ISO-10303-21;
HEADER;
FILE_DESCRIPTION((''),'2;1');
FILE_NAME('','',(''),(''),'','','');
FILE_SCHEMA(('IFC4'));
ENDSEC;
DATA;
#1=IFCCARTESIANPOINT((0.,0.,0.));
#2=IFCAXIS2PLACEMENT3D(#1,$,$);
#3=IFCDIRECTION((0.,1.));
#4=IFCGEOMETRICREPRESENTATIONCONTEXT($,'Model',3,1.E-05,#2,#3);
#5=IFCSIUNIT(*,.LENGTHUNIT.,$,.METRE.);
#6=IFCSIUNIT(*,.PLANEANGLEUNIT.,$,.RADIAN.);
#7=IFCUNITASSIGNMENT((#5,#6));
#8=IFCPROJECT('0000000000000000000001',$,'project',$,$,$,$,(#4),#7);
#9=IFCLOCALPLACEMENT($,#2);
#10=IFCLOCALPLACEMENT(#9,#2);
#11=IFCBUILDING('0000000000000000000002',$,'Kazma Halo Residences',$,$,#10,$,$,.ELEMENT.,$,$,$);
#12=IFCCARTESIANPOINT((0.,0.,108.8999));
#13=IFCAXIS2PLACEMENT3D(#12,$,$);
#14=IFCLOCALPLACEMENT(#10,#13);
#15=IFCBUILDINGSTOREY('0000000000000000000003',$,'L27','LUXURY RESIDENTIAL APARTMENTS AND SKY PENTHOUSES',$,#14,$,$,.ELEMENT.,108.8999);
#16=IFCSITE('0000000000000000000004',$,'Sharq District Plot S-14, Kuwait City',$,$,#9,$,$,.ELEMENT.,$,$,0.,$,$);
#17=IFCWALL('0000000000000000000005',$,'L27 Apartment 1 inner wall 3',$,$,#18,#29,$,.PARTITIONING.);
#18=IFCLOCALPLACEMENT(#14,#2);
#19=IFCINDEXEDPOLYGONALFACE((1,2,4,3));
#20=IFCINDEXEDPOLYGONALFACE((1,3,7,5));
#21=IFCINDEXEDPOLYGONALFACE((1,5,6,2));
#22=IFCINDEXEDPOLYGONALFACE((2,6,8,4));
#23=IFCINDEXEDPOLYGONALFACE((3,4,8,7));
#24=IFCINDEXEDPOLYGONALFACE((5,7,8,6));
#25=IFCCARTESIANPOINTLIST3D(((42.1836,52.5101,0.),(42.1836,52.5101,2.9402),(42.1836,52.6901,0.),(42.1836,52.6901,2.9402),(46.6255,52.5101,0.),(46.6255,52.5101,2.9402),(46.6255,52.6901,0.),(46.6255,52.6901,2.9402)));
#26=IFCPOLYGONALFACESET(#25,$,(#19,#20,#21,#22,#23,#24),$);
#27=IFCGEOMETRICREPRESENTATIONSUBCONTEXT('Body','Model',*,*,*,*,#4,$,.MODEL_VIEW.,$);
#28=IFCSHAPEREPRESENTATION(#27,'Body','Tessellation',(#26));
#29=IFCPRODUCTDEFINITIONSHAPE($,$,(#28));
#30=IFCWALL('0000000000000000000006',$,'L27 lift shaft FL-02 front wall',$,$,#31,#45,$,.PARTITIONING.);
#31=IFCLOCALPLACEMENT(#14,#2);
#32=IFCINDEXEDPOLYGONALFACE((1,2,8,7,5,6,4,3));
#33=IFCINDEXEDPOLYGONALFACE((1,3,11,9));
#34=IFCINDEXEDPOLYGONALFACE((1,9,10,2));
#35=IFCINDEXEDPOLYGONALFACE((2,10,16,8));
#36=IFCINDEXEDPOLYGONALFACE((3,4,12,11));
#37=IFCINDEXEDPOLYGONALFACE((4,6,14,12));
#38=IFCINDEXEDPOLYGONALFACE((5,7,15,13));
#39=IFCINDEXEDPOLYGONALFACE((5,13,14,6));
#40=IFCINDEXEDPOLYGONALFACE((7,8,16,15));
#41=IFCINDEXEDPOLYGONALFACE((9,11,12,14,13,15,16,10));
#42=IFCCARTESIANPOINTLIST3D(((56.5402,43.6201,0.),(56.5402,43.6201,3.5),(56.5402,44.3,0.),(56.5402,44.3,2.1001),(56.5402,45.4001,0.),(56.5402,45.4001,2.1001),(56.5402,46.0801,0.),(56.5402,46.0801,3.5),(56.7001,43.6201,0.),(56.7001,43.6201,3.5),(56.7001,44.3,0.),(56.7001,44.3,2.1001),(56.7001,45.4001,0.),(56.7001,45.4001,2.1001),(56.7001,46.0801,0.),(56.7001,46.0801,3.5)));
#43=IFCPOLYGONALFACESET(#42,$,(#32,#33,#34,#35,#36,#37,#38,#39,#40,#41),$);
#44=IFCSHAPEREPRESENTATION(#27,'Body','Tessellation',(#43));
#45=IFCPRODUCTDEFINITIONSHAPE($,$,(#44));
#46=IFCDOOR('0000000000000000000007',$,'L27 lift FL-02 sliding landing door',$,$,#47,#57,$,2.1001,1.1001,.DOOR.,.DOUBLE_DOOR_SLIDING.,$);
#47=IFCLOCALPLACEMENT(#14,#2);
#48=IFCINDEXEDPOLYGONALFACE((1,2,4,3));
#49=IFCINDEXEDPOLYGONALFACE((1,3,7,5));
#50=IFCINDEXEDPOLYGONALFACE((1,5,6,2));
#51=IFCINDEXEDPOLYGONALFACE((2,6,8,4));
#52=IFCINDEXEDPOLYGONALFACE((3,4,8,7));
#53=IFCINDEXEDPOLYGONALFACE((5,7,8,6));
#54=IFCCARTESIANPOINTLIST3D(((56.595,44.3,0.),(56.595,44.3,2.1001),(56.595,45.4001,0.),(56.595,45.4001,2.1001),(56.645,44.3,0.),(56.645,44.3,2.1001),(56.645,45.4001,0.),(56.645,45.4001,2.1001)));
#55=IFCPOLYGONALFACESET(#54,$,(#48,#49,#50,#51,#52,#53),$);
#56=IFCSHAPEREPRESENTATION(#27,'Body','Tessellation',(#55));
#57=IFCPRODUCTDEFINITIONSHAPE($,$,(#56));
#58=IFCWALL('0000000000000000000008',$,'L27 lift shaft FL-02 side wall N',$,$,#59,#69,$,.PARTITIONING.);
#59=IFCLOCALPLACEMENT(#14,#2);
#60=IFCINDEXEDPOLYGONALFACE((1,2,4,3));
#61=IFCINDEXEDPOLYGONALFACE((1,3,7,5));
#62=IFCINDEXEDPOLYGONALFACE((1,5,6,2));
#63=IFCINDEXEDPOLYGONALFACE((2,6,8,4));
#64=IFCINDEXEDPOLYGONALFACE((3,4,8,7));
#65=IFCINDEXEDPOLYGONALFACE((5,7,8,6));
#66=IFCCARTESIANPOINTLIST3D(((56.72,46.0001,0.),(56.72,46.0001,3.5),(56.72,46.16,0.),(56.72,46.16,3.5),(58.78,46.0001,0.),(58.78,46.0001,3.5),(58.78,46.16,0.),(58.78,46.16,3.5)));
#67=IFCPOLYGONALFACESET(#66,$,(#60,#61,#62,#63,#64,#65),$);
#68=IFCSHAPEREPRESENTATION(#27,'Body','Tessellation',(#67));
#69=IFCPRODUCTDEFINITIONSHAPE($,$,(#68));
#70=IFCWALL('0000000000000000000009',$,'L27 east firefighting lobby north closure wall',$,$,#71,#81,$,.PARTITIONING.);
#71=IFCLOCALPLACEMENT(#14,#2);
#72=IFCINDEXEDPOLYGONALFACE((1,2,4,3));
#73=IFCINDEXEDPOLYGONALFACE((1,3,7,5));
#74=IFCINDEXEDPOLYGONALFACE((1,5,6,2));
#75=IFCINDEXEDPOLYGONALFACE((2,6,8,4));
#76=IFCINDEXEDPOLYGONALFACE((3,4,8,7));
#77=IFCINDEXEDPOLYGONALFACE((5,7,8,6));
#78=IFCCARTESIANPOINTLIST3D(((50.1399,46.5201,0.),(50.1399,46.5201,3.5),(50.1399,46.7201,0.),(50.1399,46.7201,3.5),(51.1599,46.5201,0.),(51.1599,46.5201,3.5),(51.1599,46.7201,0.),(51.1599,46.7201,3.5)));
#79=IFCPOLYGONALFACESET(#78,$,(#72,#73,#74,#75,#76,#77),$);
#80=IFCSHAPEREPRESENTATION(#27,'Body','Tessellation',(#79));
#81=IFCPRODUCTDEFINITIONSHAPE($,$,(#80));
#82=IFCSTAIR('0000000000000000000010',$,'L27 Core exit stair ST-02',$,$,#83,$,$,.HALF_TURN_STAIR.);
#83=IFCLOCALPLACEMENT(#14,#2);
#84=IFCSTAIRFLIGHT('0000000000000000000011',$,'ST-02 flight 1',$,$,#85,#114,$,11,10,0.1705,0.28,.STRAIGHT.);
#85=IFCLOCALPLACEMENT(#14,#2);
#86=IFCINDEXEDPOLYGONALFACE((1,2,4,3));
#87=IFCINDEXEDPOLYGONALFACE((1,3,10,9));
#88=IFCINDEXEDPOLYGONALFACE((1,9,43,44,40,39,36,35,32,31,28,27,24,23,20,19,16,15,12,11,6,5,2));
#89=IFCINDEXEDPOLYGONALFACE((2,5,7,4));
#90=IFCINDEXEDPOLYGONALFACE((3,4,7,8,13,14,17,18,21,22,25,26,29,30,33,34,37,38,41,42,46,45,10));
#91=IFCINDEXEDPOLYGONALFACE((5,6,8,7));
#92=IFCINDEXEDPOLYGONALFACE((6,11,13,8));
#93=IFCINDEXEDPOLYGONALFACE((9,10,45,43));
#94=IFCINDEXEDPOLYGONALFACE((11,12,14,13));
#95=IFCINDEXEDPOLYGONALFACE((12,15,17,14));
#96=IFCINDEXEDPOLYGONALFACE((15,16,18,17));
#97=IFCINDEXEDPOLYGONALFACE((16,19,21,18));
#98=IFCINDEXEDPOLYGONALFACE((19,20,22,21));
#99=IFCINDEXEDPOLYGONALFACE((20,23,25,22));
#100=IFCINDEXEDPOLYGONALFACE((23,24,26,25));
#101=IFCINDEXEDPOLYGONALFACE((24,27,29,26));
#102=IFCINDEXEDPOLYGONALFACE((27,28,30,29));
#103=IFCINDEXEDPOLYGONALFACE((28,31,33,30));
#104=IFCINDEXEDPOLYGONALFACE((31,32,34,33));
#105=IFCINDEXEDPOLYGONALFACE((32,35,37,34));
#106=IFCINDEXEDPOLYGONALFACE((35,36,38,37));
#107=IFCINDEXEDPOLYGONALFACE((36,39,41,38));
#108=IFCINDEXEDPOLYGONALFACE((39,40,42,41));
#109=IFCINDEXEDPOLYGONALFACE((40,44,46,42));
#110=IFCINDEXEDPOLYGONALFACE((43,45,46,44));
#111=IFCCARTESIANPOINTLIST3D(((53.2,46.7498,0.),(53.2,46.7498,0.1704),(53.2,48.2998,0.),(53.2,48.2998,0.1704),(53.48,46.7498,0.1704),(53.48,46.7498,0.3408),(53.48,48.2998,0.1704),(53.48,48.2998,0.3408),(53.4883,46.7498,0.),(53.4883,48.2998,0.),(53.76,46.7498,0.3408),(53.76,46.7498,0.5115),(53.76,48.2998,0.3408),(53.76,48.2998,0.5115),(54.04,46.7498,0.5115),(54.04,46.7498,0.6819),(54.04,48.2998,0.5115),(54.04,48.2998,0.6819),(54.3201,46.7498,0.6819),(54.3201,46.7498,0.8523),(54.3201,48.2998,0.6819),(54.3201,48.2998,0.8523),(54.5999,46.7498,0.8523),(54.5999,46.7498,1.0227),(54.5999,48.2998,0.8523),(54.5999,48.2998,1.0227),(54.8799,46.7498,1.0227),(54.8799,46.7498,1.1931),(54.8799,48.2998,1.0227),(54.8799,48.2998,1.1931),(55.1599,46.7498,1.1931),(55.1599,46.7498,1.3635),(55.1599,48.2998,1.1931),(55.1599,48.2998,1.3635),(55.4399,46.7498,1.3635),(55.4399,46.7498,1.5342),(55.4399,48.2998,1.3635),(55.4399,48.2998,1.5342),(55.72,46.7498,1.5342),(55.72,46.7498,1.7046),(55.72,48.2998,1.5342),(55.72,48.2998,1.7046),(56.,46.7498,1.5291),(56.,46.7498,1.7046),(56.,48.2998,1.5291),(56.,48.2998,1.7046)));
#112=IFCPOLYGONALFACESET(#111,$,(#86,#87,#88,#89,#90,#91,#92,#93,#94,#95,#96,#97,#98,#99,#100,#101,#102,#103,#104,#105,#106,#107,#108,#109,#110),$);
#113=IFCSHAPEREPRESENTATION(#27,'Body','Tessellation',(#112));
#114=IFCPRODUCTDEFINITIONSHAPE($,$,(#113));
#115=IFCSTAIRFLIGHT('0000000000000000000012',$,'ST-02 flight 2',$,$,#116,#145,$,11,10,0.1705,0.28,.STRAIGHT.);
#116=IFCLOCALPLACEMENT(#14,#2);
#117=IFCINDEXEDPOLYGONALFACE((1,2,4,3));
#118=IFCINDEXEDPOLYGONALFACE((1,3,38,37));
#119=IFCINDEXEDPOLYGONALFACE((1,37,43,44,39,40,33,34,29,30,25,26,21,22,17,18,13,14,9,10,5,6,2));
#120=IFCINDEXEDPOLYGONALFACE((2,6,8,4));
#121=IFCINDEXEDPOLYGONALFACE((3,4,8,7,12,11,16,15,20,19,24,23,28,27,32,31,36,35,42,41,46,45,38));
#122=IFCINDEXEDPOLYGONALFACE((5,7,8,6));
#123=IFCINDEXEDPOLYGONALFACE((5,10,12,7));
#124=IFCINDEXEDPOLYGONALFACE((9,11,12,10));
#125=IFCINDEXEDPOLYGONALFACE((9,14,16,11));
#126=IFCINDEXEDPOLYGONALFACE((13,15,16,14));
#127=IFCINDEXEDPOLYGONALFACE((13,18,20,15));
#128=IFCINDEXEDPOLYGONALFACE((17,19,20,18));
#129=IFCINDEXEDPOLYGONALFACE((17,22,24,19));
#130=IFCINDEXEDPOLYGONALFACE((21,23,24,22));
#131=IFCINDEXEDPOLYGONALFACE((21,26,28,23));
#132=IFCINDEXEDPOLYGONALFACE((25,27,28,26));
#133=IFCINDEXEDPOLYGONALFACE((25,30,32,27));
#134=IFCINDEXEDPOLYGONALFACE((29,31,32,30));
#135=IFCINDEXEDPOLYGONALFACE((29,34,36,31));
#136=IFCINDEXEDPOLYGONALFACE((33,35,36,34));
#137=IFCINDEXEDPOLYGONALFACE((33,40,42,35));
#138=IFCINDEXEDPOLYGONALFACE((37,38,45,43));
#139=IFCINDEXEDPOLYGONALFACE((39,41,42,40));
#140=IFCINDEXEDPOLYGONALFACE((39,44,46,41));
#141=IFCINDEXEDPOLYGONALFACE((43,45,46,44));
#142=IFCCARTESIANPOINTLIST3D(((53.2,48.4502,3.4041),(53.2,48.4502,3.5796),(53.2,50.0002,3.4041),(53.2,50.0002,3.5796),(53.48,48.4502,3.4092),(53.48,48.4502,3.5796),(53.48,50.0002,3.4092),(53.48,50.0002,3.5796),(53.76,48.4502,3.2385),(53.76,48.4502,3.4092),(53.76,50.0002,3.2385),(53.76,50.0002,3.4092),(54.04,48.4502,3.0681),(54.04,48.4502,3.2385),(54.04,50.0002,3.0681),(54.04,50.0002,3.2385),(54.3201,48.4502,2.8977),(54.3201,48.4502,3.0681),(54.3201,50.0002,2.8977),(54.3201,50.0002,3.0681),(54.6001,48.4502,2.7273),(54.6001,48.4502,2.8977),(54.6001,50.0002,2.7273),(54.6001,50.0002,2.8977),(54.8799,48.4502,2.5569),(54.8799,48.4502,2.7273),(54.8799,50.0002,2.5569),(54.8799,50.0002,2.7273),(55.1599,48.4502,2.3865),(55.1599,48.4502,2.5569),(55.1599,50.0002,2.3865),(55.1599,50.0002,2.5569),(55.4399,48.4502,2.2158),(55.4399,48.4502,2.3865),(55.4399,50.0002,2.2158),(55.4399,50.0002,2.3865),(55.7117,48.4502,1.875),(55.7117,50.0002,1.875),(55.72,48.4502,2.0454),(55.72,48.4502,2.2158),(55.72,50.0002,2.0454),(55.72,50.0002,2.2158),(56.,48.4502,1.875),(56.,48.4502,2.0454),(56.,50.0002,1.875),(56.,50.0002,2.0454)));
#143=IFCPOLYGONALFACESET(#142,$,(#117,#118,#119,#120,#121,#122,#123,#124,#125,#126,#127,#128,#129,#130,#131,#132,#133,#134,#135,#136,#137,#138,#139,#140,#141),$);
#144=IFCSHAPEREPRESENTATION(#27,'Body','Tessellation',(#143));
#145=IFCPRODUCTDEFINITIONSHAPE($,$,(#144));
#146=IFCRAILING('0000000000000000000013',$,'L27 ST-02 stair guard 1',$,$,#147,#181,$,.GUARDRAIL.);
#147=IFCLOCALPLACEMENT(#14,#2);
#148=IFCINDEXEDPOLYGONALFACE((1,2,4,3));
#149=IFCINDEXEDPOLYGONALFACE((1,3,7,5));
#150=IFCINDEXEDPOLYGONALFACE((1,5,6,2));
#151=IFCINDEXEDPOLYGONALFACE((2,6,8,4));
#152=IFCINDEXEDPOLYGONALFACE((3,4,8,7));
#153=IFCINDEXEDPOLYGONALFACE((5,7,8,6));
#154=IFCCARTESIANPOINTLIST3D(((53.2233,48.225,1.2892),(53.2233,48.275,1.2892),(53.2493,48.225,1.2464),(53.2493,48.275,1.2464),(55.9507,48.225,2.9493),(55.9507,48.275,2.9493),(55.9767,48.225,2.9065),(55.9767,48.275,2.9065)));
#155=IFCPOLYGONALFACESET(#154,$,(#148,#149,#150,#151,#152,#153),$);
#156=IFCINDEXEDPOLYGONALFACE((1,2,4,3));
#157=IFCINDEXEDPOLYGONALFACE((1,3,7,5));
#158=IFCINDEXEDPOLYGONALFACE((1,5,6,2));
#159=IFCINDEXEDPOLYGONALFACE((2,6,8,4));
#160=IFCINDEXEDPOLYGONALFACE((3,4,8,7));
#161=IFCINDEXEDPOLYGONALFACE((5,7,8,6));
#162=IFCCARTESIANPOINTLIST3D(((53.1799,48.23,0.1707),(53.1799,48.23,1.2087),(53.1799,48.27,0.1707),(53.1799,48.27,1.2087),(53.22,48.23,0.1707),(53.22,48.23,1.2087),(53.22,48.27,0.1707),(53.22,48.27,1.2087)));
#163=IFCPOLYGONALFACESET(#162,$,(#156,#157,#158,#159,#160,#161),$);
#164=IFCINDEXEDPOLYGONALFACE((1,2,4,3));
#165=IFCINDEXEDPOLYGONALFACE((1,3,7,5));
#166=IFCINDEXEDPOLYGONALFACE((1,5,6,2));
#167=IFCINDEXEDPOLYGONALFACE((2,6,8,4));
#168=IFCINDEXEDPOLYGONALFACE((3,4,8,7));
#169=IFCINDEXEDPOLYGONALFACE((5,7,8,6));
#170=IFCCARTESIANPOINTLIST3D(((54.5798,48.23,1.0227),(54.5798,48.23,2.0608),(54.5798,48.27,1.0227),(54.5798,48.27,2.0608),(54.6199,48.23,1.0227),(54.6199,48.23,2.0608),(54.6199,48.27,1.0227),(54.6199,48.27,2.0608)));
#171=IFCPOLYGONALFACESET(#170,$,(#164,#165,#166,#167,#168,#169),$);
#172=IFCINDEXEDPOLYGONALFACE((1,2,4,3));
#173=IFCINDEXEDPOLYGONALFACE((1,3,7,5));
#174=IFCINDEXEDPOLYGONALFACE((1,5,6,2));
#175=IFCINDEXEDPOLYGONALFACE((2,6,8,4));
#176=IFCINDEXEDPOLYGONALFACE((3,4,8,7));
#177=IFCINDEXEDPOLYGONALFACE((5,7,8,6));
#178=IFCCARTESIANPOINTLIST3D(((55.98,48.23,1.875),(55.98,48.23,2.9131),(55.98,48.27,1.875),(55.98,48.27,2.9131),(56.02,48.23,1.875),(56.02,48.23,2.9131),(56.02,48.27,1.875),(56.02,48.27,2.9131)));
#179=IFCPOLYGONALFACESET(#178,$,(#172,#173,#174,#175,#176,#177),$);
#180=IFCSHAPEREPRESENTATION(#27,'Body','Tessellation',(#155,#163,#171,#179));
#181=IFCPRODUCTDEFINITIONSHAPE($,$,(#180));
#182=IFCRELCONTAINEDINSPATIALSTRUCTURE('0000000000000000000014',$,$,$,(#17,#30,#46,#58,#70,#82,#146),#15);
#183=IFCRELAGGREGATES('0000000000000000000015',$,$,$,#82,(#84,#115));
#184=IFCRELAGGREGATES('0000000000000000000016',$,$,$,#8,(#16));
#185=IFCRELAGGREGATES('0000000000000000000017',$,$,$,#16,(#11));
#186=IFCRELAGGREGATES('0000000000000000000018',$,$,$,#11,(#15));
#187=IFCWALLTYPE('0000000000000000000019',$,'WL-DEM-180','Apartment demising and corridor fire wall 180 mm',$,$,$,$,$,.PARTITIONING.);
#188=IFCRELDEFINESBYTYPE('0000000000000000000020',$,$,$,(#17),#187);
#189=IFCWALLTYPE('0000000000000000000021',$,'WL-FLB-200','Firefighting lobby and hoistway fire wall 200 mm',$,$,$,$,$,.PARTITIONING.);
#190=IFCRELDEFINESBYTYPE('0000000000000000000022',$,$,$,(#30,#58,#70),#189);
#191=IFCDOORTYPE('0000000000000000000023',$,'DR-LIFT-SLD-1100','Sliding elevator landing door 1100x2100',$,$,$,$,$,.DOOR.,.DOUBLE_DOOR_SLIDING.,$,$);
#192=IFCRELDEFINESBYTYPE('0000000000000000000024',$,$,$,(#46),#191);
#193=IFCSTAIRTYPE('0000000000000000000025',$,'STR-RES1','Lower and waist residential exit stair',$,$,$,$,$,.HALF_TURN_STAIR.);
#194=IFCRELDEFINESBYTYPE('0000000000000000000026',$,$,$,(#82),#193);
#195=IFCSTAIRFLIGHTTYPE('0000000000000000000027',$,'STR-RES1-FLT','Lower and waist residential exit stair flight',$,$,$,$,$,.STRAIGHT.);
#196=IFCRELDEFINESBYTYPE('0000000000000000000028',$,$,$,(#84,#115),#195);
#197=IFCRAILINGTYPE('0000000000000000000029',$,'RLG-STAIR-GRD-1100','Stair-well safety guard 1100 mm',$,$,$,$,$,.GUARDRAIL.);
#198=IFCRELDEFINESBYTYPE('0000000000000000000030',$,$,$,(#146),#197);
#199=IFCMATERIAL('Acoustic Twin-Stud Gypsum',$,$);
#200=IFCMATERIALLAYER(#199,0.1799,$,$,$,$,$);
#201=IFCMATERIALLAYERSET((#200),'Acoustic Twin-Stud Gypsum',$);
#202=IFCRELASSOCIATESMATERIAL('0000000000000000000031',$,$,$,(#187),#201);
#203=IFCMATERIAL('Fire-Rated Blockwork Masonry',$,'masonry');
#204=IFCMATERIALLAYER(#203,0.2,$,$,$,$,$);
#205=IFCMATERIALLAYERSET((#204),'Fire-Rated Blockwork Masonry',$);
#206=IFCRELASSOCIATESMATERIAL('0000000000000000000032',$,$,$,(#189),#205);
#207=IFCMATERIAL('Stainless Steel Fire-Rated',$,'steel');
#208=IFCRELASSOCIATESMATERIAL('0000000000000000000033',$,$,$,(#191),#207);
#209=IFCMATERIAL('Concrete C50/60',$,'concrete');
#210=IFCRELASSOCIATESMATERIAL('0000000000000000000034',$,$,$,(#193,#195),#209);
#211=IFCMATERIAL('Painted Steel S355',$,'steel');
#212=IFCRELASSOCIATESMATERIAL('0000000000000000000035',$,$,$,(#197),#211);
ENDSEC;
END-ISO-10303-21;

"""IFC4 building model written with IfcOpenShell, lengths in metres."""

from ifc_helpers import new_model, si_unit, direction, frame, frame_2d, origin, origin_2d, place, context, subcontext, project, spatial, polyline, rectangle, outline, extrude, material, layer, layer_set, type_object, element, fill, aggregate, save


model = new_model("IFC4")

# Units and contexts
model_context = context("Model", 3, precision=1e-05, world=origin(), true_north=direction((0.0, 1.0)))
body_context = subcontext(model_context, "Body", "Model", "MODEL_VIEW")
ifc_project = project(units=[si_unit("LENGTHUNIT", "METRE"), si_unit("PLANEANGLEUNIT", "RADIAN")], contexts=[model_context])

# Site, building, storey
site_placement = place(None, origin())
site = spatial("IfcSite", under=ifc_project, at=site_placement, Name="Sharq District Plot S-14, Kuwait City", CompositionType="ELEMENT", RefElevation=0.0)
building_placement = place(site_placement, origin())
building = spatial("IfcBuilding", under=site, at=building_placement, Name="Kazma Halo Residences", CompositionType="ELEMENT")
storey_placement = place(building_placement, frame((0.0, 0.0, 108.8999)))
storey = spatial("IfcBuildingStorey", under=building, at=storey_placement, Name="L27", Description="LUXURY RESIDENTIAL APARTMENTS AND SKY PENTHOUSES", CompositionType="ELEMENT", Elevation=108.8999)

# Wall
ifc_material_1 = material(Name="Acoustic Twin-Stud Gypsum")
ifc_layer_1 = layer(ifc_material_1, 0.1799)
ifc_layer_set_1 = layer_set([ifc_layer_1], Name="Acoustic Twin-Stud Gypsum")
wall_type_1 = type_object("IfcWallType", Name="WL-DEM-180", Description="Apartment demising and corridor fire wall 180 mm", PredefinedType="PARTITIONING", material=ifc_layer_set_1)
wall_1_placement = place(storey_placement, frame((46.6255, 52.6001, 0.0), z_axis=(0.0, 0.0, 1.0), x_axis=(-1.0, 0.0, 0.0)))
element("IfcWall", 1, at=wall_1_placement, inside=storey, type_object=wall_type_1, Name="L27 Apartment 1 inner wall 3", PredefinedType="PARTITIONING", context=body_context, shape_type="SweptSolid", body=[
    extrude(rectangle(XDim=4.4419, YDim=0.1799, at=frame_2d((2.2209, 0.0))), origin(), (0.0, 0.0, 1.0), 2.9402),
])

# Wall, opening, door
ifc_material_2 = material(Name="Fire-Rated Blockwork Masonry", Category="masonry")
ifc_layer_2 = layer(ifc_material_2, 0.2)
ifc_layer_set_2 = layer_set([ifc_layer_2], Name="Fire-Rated Blockwork Masonry")
wall_type_2 = type_object("IfcWallType", Name="WL-FLB-200", Description="Firefighting lobby and hoistway fire wall 200 mm", PredefinedType="PARTITIONING", material=ifc_layer_set_2)
wall_2_placement = place(storey_placement, frame((56.6201, 46.0801, 0.0), z_axis=(0.0, 0.0, 1.0), x_axis=(0.0, -1.0, 0.0)))
wall_2 = element("IfcWall", 2, at=wall_2_placement, inside=storey, type_object=wall_type_2, Name="L27 lift shaft FL-02 front wall", PredefinedType="PARTITIONING", context=body_context, shape_type="SweptSolid", body=[
    extrude(rectangle(XDim=2.46, YDim=0.1599, at=frame_2d((1.23, 0.0))), origin(), (0.0, 0.0, 1.0), 3.5),
])
opening_1_placement = place(wall_2_placement, frame((0.6799, 0.0, 0.0)))
opening_1 = element("IfcOpeningElement", 3, at=opening_1_placement, cuts=wall_2, PredefinedType="OPENING", context=body_context, shape_type="SweptSolid", body=[
    extrude(rectangle(XDim=1.1001, YDim=2.1001, at=frame_2d((0.55, 1.05))), frame((0.0, 0.0898, 0.0), z_axis=(0.0, -1.0, 0.0), x_axis=(1.0, 0.0, 0.0)), (0.0, 0.0, 1.0), 0.1799),
])
ifc_material_3 = material(Name="Stainless Steel Fire-Rated", Category="steel")
door_type_1 = type_object("IfcDoorType", Name="DR-LIFT-SLD-1100", Description="Sliding elevator landing door 1100x2100", OperationType="DOUBLE_DOOR_SLIDING", PredefinedType="DOOR", material=ifc_material_3)
door_1_placement = place(opening_1_placement, origin())
door_1 = element("IfcDoor", 4, at=door_1_placement, inside=storey, type_object=door_type_1, Name="L27 lift FL-02 sliding landing door", OperationType="DOUBLE_DOOR_SLIDING", OverallHeight=2.1001, OverallWidth=1.1001, PredefinedType="DOOR", context=body_context, shape_type="SweptSolid", body=[
    extrude(rectangle(XDim=1.1001, YDim=2.1001, at=frame_2d((0.55, 1.05))), frame((0.0, 0.0249, 0.0), z_axis=(0.0, -1.0, 0.0), x_axis=(1.0, 0.0, 0.0)), (0.0, 0.0, 1.0), 0.05),
])
fill(opening_1, door_1)

# Walls
wall_3_placement = place(storey_placement, frame((56.72, 46.0801, 0.0), z_axis=(0.0, 0.0, 1.0), x_axis=(1.0, 0.0, 0.0)))
element("IfcWall", 5, at=wall_3_placement, inside=storey, type_object=wall_type_2, Name="L27 lift shaft FL-02 side wall N", PredefinedType="PARTITIONING", context=body_context, shape_type="SweptSolid", body=[
    extrude(rectangle(XDim=2.0601, YDim=0.1599, at=frame_2d((1.03, 0.0))), origin(), (0.0, 0.0, 1.0), 3.5),
])
wall_4_placement = place(storey_placement, frame((50.1399, 46.6201, 0.0), z_axis=(0.0, 0.0, 1.0), x_axis=(1.0, 0.0, 0.0)))
element("IfcWall", 6, at=wall_4_placement, inside=storey, type_object=wall_type_2, Name="L27 east firefighting lobby north closure wall", PredefinedType="PARTITIONING", context=body_context, shape_type="SweptSolid", body=[
    extrude(rectangle(XDim=1.02, YDim=0.2, at=frame_2d((0.51, 0.0))), origin(), (0.0, 0.0, 1.0), 3.5),
])

# Shared definitions
ifc_material_4 = material(Name="Concrete C50/60", Category="concrete")

# Stair, stair flights
stair_type = type_object("IfcStairType", Name="STR-RES1", Description="Lower and waist residential exit stair", PredefinedType="HALF_TURN_STAIR", material=ifc_material_4)
stair_placement = place(storey_placement, origin())
stair = element("IfcStair", 7, at=stair_placement, inside=storey, type_object=stair_type, Name="L27 Core exit stair ST-02", PredefinedType="HALF_TURN_STAIR")
stair_flight_type = type_object("IfcStairFlightType", Name="STR-RES1-FLT", Description="Lower and waist residential exit stair flight", PredefinedType="STRAIGHT", material=ifc_material_4)
stair_flight_1_placement = place(storey_placement, frame((53.2, 47.5249, 0.0), z_axis=(0.0, 0.0, 1.0), x_axis=(1.0, 0.0, 0.0)))
stair_flight_1 = element("IfcStairFlight", 8, at=stair_flight_1_placement, type_object=stair_flight_type, Name="ST-02 flight 1", NumberOfRisers=11, NumberOfTreads=10, PredefinedType="STRAIGHT", RiserHeight=0.1705, TreadLength=0.28, context=body_context, shape_type="SweptSolid", body=[
    extrude(outline(polyline([(0.0, 0.0), (0.0, 0.1704), (0.28, 0.1704), (0.28, 0.3408), (0.5601, 0.3408), (0.5601, 0.5115), (0.8401, 0.5115), (0.8401, 0.6819), (1.1201, 0.6819), (1.1201, 0.8523), (1.3999, 0.8523), (1.3999, 1.0227), (1.6799, 1.0227), (1.6799, 1.1931), (1.96, 1.1931), (1.96, 1.3635), (2.24, 1.3635), (2.24, 1.5342), (2.52, 1.5342), (2.52, 1.7046), (2.8, 1.7046), (2.8, 1.875), (2.8, 1.5291), (0.2883, 0.0), (0.0, 0.0)])), frame((0.0, 0.7749, 0.0), z_axis=(0.0, -1.0, 0.0), x_axis=(1.0, 0.0, 0.0)), (0.0, 0.0, 1.0), 1.55),
])
stair_flight_2_placement = place(storey_placement, frame((56.0, 49.2251, 1.875), z_axis=(0.0, 0.0, 1.0), x_axis=(-1.0, 0.0, 0.0)))
stair_flight_2 = element("IfcStairFlight", 9, at=stair_flight_2_placement, type_object=stair_flight_type, Name="ST-02 flight 2", NumberOfRisers=11, NumberOfTreads=10, PredefinedType="STRAIGHT", RiserHeight=0.1705, TreadLength=0.28, context=body_context, shape_type="SweptSolid", body=[
    extrude(outline(polyline([(0.0, 0.0), (0.0, 0.1704), (0.28, 0.1704), (0.28, 0.3408), (0.5601, 0.3408), (0.5601, 0.5115), (0.8401, 0.5115), (0.8401, 0.6819), (1.1201, 0.6819), (1.1201, 0.8523), (1.3999, 0.8523), (1.3999, 1.0227), (1.6799, 1.0227), (1.6799, 1.1931), (1.96, 1.1931), (1.96, 1.3635), (2.24, 1.3635), (2.24, 1.5342), (2.52, 1.5342), (2.52, 1.7046), (2.8, 1.7046), (2.8, 1.875), (2.8, 1.5291), (0.2883, 0.0), (0.0, 0.0)])), frame((0.0, 0.7749, 0.0), z_axis=(0.0, -1.0, 0.0), x_axis=(1.0, 0.0, 0.0)), (0.0, 0.0, 1.0), 1.55),
])
aggregate(stair, [stair_flight_1, stair_flight_2])

# Railing
ifc_material_5 = material(Name="Painted Steel S355", Category="steel")
railing_type_1 = type_object("IfcRailingType", Name="RLG-STAIR-GRD-1100", Description="Stair-well safety guard 1100 mm", PredefinedType="GUARDRAIL", material=ifc_material_5)
railing_1_placement = place(storey_placement, frame((53.2, 48.25, 0.1707)))
element("IfcRailing", 10, at=railing_1_placement, inside=storey, type_object=railing_type_1, Name="L27 ST-02 stair guard 1", PredefinedType="GUARDRAIL", context=body_context, shape_type="SweptSolid", body=[
    extrude(rectangle(XDim=0.05, YDim=0.05, at=origin_2d()), frame((0.0364, 0.0, 1.0972), z_axis=(0.854203, 0.0, 0.51994), x_axis=(0.0, 1.0, 0.0)), (0.0, 0.0, 1.0), 3.1929),
    extrude(rectangle(XDim=0.04, YDim=0.04, at=origin_2d()), origin(), (0.0, 0.0, 1.0), 1.0381),
    extrude(rectangle(XDim=0.04, YDim=0.04, at=origin_2d()), frame((1.3999, 0.0, 0.8521)), (0.0, 0.0, 1.0), 1.0381),
    extrude(rectangle(XDim=0.04, YDim=0.04, at=origin_2d()), frame((2.8, 0.0, 1.7043)), (0.0, 0.0, 1.0), 1.0381),
])

save(model, "model.ifc")
